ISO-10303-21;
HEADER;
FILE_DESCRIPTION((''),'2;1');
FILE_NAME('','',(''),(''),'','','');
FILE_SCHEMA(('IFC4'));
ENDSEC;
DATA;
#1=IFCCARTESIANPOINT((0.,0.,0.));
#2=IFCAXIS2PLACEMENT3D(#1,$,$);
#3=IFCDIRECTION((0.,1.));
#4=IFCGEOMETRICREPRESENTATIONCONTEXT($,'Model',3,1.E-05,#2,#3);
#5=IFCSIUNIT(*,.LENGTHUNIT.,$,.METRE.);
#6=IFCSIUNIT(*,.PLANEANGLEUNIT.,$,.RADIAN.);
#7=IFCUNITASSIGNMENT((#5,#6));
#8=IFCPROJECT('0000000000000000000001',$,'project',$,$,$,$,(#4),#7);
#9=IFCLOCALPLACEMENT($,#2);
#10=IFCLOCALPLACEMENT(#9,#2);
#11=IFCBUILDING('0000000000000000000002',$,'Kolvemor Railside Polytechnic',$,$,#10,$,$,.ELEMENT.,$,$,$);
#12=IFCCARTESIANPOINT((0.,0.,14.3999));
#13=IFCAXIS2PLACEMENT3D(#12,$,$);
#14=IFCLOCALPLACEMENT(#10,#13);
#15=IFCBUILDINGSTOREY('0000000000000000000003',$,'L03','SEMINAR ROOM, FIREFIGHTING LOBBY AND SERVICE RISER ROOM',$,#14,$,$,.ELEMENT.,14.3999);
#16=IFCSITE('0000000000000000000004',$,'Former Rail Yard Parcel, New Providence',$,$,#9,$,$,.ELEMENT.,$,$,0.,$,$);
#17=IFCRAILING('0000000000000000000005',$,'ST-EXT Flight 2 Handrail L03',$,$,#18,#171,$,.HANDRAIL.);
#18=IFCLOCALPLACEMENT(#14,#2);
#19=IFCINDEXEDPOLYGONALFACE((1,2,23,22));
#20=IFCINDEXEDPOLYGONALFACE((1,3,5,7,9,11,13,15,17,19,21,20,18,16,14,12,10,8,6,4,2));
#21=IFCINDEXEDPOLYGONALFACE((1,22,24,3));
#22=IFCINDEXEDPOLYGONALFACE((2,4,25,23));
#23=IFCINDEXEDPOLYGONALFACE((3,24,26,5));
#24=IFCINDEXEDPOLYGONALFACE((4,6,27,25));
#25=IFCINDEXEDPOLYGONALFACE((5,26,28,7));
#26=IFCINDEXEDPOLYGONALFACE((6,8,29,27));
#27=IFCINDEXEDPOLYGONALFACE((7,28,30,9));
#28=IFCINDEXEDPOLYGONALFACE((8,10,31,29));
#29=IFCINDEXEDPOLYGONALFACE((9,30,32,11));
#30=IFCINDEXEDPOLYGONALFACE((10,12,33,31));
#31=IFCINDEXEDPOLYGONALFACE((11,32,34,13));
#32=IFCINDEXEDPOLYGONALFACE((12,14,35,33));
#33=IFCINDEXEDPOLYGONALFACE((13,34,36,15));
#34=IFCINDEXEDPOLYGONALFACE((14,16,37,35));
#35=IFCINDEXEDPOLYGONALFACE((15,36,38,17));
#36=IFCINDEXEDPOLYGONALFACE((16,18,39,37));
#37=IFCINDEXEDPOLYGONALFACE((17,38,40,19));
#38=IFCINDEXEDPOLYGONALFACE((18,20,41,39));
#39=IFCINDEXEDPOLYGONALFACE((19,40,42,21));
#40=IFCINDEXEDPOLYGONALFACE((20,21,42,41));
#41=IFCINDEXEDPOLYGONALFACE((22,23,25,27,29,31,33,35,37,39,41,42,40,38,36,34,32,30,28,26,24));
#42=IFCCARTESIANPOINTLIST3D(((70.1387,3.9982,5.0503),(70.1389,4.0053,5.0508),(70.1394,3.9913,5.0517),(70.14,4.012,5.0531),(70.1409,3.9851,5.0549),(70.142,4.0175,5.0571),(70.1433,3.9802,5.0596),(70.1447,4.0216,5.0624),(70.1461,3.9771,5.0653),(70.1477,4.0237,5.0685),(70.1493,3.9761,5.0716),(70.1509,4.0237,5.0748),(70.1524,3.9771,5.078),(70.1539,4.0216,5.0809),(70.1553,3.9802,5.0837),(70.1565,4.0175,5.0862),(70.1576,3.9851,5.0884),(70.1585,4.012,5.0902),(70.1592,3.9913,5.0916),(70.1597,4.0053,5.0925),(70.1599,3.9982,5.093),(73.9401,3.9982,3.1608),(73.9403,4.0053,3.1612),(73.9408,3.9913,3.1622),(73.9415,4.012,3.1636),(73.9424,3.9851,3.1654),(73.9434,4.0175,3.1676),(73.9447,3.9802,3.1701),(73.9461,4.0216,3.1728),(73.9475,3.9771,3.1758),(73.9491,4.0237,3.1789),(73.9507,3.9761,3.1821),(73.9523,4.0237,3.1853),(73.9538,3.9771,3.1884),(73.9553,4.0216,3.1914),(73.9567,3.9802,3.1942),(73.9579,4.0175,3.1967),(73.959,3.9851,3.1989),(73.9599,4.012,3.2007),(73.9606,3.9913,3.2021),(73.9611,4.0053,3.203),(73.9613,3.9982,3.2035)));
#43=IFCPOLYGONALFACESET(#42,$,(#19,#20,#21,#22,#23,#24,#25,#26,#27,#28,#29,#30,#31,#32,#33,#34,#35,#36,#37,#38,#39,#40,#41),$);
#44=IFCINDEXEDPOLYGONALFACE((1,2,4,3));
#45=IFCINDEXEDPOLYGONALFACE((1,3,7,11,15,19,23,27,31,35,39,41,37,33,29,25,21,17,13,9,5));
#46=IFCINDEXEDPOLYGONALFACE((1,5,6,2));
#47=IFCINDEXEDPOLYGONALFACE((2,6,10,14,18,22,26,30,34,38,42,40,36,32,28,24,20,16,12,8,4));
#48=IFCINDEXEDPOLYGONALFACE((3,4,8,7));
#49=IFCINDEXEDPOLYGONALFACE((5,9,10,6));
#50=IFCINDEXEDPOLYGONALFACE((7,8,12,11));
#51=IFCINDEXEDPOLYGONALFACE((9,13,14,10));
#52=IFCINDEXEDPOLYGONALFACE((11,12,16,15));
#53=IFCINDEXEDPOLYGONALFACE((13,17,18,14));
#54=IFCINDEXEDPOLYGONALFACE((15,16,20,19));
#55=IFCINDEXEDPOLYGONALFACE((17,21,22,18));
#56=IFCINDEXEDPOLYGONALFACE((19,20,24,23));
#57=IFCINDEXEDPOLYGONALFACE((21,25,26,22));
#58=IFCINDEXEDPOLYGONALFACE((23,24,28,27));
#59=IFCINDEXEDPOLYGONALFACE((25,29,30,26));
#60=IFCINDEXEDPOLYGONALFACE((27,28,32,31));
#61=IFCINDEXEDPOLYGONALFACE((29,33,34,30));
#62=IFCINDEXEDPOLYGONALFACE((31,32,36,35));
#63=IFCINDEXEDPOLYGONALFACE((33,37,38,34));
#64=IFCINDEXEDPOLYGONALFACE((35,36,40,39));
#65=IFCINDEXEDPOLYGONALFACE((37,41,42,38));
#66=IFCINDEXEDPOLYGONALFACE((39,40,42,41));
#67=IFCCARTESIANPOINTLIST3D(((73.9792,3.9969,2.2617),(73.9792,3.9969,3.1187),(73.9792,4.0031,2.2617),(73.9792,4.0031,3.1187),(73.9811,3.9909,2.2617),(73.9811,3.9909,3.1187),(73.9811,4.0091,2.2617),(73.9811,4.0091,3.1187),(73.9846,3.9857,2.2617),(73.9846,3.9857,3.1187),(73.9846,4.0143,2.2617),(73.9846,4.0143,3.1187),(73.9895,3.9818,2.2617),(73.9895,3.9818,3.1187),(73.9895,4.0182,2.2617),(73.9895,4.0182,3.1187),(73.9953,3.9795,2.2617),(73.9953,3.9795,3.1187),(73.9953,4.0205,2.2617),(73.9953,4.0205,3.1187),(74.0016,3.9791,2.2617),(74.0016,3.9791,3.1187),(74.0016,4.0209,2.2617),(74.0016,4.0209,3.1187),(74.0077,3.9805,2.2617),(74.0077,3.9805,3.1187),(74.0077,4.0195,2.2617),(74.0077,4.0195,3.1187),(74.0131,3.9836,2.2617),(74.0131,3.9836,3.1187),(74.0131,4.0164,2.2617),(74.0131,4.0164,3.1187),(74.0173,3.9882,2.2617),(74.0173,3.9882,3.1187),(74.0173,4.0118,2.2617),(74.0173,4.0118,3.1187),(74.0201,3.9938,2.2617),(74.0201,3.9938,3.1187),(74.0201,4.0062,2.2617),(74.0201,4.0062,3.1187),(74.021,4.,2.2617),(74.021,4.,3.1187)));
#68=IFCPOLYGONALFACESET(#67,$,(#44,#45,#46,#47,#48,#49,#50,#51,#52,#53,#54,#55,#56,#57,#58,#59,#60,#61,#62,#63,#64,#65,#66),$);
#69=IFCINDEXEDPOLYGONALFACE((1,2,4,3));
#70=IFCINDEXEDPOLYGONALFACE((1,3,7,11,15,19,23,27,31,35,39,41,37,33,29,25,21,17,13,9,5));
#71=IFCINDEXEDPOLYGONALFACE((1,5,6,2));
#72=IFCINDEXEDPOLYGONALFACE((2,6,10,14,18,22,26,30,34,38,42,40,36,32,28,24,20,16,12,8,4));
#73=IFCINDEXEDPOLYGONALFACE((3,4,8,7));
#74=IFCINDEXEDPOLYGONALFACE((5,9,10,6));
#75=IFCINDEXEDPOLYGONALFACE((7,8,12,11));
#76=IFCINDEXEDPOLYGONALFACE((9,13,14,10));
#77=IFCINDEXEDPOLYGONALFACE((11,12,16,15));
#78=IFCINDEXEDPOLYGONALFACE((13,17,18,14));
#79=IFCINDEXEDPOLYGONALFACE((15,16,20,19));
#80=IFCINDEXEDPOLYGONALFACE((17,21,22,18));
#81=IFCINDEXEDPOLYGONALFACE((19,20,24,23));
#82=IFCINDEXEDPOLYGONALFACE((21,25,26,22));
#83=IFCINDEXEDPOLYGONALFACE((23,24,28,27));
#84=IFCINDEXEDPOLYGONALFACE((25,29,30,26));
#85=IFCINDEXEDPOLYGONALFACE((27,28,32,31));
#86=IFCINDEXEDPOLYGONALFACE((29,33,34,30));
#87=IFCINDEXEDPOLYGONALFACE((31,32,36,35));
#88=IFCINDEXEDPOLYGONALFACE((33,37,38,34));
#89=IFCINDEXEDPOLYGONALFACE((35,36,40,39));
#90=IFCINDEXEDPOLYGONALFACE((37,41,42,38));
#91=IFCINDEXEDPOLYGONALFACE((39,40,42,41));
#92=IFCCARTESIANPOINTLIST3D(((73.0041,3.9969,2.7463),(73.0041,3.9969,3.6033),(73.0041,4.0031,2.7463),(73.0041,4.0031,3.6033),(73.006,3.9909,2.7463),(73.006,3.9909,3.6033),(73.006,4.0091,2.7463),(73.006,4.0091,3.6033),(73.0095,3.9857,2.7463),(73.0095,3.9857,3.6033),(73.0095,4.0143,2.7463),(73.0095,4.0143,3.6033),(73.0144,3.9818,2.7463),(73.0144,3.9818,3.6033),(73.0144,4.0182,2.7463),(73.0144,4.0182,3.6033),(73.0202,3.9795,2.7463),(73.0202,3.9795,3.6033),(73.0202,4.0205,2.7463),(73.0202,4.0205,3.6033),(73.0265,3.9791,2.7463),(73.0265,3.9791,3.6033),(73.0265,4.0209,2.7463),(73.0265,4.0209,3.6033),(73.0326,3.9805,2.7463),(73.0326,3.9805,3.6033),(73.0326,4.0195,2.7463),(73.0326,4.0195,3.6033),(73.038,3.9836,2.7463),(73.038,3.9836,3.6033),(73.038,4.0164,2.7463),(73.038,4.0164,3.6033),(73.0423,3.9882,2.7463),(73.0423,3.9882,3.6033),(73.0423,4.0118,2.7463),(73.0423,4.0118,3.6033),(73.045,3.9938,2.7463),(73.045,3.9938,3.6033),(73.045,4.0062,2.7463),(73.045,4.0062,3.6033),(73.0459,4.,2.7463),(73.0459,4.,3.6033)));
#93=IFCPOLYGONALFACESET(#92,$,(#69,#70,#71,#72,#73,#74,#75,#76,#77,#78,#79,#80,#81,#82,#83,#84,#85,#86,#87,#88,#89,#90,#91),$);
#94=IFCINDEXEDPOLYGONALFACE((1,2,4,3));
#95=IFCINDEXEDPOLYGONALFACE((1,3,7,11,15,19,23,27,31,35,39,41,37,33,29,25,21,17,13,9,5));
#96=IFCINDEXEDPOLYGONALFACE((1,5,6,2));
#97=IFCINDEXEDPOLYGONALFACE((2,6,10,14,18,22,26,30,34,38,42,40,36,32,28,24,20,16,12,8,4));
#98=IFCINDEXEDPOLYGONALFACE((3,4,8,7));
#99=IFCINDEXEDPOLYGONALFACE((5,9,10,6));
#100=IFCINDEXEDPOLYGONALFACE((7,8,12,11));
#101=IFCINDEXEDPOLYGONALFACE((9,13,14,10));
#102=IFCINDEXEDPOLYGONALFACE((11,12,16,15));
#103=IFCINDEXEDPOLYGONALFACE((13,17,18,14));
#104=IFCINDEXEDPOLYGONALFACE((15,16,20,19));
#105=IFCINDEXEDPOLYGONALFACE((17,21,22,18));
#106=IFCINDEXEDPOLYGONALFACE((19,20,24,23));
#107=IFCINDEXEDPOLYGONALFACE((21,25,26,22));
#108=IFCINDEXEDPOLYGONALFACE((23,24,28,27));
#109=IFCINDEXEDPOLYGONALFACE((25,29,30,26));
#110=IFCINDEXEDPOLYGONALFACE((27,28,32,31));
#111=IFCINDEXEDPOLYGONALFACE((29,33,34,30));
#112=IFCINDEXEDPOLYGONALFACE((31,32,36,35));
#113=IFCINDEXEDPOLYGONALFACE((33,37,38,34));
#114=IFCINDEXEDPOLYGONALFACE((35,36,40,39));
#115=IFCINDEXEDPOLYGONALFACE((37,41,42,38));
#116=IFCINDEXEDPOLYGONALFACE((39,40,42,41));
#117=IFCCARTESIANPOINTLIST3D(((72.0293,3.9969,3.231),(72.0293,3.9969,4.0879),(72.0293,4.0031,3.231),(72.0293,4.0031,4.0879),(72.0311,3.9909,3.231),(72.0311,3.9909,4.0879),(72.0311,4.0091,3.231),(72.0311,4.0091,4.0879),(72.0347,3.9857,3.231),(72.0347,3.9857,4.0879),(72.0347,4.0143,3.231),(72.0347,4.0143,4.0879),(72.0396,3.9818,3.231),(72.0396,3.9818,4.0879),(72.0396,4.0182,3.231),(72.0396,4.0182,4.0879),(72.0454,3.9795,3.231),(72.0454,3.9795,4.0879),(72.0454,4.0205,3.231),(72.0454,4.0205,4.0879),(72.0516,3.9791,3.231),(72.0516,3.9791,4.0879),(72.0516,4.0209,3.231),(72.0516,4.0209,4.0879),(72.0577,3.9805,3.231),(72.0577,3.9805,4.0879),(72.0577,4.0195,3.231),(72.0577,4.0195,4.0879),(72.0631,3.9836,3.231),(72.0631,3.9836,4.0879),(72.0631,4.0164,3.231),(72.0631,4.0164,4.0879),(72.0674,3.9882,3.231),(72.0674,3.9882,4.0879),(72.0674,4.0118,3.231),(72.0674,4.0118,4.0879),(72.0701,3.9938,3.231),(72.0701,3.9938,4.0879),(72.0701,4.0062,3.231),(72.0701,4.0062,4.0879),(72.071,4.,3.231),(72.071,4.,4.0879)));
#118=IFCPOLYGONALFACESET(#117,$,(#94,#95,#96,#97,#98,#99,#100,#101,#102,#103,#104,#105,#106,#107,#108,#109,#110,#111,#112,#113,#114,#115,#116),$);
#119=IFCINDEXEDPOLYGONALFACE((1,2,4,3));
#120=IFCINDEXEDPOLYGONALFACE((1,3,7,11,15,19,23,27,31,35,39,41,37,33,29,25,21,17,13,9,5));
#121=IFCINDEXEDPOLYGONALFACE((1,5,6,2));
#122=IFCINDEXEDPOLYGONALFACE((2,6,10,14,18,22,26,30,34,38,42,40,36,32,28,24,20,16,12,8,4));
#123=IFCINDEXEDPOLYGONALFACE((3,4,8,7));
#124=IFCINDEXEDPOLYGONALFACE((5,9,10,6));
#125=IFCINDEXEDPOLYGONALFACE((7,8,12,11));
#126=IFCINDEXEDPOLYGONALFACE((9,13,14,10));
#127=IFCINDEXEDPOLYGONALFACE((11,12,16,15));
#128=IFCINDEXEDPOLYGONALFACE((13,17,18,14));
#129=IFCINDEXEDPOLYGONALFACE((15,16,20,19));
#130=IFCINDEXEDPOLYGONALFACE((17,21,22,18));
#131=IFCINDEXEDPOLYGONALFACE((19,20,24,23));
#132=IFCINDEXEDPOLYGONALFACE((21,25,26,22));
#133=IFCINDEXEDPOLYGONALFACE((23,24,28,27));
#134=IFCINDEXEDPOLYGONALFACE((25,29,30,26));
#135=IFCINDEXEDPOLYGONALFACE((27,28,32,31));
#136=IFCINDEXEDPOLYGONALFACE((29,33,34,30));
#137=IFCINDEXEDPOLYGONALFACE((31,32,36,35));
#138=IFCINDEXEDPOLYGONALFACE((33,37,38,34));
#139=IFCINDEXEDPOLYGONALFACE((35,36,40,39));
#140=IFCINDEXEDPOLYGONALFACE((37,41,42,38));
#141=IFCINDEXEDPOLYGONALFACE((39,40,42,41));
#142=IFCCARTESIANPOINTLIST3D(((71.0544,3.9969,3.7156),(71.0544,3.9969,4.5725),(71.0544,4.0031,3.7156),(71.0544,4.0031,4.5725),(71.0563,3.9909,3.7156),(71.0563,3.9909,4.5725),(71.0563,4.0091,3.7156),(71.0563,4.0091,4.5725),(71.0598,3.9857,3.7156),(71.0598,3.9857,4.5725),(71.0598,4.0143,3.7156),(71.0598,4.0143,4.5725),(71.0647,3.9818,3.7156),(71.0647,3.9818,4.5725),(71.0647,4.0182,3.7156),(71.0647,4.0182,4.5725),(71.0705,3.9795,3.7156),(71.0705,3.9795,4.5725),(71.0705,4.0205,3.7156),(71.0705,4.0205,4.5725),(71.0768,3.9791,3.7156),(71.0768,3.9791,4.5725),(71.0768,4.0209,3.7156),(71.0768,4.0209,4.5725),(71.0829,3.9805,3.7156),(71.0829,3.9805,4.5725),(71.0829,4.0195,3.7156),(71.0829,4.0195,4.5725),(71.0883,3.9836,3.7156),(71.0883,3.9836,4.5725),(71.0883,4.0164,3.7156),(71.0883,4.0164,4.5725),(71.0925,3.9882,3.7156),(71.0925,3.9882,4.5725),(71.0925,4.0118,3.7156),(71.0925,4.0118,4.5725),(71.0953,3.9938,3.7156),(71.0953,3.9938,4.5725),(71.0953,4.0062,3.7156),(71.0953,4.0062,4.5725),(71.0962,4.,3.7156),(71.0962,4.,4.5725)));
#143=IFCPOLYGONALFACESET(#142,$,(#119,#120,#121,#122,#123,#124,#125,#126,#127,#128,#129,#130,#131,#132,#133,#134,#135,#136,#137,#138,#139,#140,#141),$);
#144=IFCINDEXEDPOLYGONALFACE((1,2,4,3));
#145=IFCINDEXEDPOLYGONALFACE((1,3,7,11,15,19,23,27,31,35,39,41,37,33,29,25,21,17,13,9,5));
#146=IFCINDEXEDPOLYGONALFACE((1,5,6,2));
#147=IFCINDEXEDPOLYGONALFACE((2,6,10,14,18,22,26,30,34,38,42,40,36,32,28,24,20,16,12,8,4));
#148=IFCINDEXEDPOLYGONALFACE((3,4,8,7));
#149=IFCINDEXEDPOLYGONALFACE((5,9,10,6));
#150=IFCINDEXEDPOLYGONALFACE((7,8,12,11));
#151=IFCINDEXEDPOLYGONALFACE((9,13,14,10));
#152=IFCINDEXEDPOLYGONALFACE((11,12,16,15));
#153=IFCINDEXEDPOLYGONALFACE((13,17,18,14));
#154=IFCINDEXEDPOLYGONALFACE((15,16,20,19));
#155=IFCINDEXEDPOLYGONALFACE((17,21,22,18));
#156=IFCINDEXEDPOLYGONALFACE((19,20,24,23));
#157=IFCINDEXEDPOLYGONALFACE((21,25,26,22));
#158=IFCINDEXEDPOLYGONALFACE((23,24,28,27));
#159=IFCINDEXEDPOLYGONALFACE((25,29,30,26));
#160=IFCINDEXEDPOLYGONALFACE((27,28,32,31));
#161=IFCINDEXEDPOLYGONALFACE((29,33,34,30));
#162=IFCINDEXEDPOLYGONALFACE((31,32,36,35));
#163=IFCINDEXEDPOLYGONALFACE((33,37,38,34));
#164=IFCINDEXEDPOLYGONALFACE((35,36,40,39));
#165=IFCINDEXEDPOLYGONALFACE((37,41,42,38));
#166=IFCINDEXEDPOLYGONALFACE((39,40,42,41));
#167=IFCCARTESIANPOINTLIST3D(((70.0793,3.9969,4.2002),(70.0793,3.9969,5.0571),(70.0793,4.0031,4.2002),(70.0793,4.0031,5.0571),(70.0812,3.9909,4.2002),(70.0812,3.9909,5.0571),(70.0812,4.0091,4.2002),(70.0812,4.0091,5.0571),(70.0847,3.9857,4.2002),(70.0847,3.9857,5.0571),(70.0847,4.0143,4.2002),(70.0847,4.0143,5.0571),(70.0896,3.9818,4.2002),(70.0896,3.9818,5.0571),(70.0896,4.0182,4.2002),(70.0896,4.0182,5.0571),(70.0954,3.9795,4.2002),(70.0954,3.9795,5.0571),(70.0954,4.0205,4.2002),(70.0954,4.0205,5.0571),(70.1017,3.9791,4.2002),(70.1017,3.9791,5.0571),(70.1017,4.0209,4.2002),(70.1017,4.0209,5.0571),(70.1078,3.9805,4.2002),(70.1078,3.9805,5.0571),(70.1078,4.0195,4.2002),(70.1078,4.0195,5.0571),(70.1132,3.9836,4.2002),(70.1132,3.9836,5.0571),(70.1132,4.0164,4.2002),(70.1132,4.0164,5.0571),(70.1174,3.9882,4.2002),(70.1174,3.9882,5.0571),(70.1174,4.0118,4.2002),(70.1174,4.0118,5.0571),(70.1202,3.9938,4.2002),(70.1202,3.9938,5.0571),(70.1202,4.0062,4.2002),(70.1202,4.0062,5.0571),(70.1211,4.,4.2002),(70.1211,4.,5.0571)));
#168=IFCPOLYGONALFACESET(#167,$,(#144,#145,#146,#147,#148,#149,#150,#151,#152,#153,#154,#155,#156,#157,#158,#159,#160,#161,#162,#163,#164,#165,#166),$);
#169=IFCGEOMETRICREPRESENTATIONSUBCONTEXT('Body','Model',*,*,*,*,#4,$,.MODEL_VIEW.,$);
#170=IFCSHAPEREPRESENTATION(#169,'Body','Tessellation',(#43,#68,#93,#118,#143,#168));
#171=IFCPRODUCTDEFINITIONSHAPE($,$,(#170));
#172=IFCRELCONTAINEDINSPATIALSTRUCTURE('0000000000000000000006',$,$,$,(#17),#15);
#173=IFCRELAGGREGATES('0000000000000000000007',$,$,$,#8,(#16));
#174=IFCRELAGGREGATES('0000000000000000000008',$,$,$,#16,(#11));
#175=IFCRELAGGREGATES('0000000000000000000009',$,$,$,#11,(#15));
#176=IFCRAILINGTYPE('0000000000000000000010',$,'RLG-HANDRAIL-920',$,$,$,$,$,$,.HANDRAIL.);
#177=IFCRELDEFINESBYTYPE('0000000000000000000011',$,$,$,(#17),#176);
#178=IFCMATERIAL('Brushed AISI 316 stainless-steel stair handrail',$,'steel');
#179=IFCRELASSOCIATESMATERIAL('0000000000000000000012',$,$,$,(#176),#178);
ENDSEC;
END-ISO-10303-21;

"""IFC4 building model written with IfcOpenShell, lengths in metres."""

from ifc_helpers import new_model, si_unit, direction, frame, origin, origin_2d, place, context, subcontext, project, spatial, circle, extrude, material, type_object, element, save


model = new_model("IFC4")

# Units and contexts
model_context = context("Model", 3, precision=1e-05, world=origin(), true_north=direction((0.0, 1.0)))
body_context = subcontext(model_context, "Body", "Model", "MODEL_VIEW")
ifc_project = project(units=[si_unit("LENGTHUNIT", "METRE"), si_unit("PLANEANGLEUNIT", "RADIAN")], contexts=[model_context])

# Site, building, storey
site_placement = place(None, origin())
site = spatial("IfcSite", under=ifc_project, at=site_placement, Name="Former Rail Yard Parcel, New Providence", CompositionType="ELEMENT", RefElevation=0.0)
building_placement = place(site_placement, origin())
building = spatial("IfcBuilding", under=site, at=building_placement, Name="Kolvemor Railside Polytechnic", CompositionType="ELEMENT")
storey_placement = place(building_placement, frame((0.0, 0.0, 14.3999)))
storey = spatial("IfcBuildingStorey", under=building, at=storey_placement, Name="L03", Description="SEMINAR ROOM, FIREFIGHTING LOBBY AND SERVICE RISER ROOM", CompositionType="ELEMENT", Elevation=14.3999)

# Railing
ifc_material_1 = material(Name="Brushed AISI 316 stainless-steel stair handrail", Category="steel")
railing_type_1 = type_object("IfcRailingType", Name="RLG-HANDRAIL-920", PredefinedType="HANDRAIL", material=ifc_material_1)
railing_1_placement = place(storey_placement, frame((74.0, 4.0, 2.2617)))
element("IfcRailing", 1, at=railing_1_placement, inside=storey, type_object=railing_type_1, Name="ST-EXT Flight 2 Handrail L03", PredefinedType="HANDRAIL", context=body_context, shape_type="SweptSolid", body=[
    extrude(circle(Radius=0.0239, at=origin_2d()), frame((-0.0493, 0.0, 0.9204), z_axis=(-0.895479, 0.0, 0.445105), x_axis=(0.0, -1.0, 0.0)), (0.0, 0.0, 1.0), 4.2451),
    extrude(circle(Radius=0.021, at=origin_2d()), origin(), (0.0, 0.0, 1.0), 0.8569),
    extrude(circle(Radius=0.021, at=origin_2d()), frame((-0.9751, 0.0, 0.4846)), (0.0, 0.0, 1.0), 0.8569),
    extrude(circle(Radius=0.021, at=origin_2d()), frame((-1.95, 0.0, 0.9692)), (0.0, 0.0, 1.0), 0.8569),
    extrude(circle(Radius=0.021, at=origin_2d()), frame((-2.9248, 0.0, 1.4539)), (0.0, 0.0, 1.0), 0.8569),
    extrude(circle(Radius=0.021, at=origin_2d()), frame((-3.8999, 0.0, 1.9385)), (0.0, 0.0, 1.0), 0.8569),
])

save(model, "model.ifc")
